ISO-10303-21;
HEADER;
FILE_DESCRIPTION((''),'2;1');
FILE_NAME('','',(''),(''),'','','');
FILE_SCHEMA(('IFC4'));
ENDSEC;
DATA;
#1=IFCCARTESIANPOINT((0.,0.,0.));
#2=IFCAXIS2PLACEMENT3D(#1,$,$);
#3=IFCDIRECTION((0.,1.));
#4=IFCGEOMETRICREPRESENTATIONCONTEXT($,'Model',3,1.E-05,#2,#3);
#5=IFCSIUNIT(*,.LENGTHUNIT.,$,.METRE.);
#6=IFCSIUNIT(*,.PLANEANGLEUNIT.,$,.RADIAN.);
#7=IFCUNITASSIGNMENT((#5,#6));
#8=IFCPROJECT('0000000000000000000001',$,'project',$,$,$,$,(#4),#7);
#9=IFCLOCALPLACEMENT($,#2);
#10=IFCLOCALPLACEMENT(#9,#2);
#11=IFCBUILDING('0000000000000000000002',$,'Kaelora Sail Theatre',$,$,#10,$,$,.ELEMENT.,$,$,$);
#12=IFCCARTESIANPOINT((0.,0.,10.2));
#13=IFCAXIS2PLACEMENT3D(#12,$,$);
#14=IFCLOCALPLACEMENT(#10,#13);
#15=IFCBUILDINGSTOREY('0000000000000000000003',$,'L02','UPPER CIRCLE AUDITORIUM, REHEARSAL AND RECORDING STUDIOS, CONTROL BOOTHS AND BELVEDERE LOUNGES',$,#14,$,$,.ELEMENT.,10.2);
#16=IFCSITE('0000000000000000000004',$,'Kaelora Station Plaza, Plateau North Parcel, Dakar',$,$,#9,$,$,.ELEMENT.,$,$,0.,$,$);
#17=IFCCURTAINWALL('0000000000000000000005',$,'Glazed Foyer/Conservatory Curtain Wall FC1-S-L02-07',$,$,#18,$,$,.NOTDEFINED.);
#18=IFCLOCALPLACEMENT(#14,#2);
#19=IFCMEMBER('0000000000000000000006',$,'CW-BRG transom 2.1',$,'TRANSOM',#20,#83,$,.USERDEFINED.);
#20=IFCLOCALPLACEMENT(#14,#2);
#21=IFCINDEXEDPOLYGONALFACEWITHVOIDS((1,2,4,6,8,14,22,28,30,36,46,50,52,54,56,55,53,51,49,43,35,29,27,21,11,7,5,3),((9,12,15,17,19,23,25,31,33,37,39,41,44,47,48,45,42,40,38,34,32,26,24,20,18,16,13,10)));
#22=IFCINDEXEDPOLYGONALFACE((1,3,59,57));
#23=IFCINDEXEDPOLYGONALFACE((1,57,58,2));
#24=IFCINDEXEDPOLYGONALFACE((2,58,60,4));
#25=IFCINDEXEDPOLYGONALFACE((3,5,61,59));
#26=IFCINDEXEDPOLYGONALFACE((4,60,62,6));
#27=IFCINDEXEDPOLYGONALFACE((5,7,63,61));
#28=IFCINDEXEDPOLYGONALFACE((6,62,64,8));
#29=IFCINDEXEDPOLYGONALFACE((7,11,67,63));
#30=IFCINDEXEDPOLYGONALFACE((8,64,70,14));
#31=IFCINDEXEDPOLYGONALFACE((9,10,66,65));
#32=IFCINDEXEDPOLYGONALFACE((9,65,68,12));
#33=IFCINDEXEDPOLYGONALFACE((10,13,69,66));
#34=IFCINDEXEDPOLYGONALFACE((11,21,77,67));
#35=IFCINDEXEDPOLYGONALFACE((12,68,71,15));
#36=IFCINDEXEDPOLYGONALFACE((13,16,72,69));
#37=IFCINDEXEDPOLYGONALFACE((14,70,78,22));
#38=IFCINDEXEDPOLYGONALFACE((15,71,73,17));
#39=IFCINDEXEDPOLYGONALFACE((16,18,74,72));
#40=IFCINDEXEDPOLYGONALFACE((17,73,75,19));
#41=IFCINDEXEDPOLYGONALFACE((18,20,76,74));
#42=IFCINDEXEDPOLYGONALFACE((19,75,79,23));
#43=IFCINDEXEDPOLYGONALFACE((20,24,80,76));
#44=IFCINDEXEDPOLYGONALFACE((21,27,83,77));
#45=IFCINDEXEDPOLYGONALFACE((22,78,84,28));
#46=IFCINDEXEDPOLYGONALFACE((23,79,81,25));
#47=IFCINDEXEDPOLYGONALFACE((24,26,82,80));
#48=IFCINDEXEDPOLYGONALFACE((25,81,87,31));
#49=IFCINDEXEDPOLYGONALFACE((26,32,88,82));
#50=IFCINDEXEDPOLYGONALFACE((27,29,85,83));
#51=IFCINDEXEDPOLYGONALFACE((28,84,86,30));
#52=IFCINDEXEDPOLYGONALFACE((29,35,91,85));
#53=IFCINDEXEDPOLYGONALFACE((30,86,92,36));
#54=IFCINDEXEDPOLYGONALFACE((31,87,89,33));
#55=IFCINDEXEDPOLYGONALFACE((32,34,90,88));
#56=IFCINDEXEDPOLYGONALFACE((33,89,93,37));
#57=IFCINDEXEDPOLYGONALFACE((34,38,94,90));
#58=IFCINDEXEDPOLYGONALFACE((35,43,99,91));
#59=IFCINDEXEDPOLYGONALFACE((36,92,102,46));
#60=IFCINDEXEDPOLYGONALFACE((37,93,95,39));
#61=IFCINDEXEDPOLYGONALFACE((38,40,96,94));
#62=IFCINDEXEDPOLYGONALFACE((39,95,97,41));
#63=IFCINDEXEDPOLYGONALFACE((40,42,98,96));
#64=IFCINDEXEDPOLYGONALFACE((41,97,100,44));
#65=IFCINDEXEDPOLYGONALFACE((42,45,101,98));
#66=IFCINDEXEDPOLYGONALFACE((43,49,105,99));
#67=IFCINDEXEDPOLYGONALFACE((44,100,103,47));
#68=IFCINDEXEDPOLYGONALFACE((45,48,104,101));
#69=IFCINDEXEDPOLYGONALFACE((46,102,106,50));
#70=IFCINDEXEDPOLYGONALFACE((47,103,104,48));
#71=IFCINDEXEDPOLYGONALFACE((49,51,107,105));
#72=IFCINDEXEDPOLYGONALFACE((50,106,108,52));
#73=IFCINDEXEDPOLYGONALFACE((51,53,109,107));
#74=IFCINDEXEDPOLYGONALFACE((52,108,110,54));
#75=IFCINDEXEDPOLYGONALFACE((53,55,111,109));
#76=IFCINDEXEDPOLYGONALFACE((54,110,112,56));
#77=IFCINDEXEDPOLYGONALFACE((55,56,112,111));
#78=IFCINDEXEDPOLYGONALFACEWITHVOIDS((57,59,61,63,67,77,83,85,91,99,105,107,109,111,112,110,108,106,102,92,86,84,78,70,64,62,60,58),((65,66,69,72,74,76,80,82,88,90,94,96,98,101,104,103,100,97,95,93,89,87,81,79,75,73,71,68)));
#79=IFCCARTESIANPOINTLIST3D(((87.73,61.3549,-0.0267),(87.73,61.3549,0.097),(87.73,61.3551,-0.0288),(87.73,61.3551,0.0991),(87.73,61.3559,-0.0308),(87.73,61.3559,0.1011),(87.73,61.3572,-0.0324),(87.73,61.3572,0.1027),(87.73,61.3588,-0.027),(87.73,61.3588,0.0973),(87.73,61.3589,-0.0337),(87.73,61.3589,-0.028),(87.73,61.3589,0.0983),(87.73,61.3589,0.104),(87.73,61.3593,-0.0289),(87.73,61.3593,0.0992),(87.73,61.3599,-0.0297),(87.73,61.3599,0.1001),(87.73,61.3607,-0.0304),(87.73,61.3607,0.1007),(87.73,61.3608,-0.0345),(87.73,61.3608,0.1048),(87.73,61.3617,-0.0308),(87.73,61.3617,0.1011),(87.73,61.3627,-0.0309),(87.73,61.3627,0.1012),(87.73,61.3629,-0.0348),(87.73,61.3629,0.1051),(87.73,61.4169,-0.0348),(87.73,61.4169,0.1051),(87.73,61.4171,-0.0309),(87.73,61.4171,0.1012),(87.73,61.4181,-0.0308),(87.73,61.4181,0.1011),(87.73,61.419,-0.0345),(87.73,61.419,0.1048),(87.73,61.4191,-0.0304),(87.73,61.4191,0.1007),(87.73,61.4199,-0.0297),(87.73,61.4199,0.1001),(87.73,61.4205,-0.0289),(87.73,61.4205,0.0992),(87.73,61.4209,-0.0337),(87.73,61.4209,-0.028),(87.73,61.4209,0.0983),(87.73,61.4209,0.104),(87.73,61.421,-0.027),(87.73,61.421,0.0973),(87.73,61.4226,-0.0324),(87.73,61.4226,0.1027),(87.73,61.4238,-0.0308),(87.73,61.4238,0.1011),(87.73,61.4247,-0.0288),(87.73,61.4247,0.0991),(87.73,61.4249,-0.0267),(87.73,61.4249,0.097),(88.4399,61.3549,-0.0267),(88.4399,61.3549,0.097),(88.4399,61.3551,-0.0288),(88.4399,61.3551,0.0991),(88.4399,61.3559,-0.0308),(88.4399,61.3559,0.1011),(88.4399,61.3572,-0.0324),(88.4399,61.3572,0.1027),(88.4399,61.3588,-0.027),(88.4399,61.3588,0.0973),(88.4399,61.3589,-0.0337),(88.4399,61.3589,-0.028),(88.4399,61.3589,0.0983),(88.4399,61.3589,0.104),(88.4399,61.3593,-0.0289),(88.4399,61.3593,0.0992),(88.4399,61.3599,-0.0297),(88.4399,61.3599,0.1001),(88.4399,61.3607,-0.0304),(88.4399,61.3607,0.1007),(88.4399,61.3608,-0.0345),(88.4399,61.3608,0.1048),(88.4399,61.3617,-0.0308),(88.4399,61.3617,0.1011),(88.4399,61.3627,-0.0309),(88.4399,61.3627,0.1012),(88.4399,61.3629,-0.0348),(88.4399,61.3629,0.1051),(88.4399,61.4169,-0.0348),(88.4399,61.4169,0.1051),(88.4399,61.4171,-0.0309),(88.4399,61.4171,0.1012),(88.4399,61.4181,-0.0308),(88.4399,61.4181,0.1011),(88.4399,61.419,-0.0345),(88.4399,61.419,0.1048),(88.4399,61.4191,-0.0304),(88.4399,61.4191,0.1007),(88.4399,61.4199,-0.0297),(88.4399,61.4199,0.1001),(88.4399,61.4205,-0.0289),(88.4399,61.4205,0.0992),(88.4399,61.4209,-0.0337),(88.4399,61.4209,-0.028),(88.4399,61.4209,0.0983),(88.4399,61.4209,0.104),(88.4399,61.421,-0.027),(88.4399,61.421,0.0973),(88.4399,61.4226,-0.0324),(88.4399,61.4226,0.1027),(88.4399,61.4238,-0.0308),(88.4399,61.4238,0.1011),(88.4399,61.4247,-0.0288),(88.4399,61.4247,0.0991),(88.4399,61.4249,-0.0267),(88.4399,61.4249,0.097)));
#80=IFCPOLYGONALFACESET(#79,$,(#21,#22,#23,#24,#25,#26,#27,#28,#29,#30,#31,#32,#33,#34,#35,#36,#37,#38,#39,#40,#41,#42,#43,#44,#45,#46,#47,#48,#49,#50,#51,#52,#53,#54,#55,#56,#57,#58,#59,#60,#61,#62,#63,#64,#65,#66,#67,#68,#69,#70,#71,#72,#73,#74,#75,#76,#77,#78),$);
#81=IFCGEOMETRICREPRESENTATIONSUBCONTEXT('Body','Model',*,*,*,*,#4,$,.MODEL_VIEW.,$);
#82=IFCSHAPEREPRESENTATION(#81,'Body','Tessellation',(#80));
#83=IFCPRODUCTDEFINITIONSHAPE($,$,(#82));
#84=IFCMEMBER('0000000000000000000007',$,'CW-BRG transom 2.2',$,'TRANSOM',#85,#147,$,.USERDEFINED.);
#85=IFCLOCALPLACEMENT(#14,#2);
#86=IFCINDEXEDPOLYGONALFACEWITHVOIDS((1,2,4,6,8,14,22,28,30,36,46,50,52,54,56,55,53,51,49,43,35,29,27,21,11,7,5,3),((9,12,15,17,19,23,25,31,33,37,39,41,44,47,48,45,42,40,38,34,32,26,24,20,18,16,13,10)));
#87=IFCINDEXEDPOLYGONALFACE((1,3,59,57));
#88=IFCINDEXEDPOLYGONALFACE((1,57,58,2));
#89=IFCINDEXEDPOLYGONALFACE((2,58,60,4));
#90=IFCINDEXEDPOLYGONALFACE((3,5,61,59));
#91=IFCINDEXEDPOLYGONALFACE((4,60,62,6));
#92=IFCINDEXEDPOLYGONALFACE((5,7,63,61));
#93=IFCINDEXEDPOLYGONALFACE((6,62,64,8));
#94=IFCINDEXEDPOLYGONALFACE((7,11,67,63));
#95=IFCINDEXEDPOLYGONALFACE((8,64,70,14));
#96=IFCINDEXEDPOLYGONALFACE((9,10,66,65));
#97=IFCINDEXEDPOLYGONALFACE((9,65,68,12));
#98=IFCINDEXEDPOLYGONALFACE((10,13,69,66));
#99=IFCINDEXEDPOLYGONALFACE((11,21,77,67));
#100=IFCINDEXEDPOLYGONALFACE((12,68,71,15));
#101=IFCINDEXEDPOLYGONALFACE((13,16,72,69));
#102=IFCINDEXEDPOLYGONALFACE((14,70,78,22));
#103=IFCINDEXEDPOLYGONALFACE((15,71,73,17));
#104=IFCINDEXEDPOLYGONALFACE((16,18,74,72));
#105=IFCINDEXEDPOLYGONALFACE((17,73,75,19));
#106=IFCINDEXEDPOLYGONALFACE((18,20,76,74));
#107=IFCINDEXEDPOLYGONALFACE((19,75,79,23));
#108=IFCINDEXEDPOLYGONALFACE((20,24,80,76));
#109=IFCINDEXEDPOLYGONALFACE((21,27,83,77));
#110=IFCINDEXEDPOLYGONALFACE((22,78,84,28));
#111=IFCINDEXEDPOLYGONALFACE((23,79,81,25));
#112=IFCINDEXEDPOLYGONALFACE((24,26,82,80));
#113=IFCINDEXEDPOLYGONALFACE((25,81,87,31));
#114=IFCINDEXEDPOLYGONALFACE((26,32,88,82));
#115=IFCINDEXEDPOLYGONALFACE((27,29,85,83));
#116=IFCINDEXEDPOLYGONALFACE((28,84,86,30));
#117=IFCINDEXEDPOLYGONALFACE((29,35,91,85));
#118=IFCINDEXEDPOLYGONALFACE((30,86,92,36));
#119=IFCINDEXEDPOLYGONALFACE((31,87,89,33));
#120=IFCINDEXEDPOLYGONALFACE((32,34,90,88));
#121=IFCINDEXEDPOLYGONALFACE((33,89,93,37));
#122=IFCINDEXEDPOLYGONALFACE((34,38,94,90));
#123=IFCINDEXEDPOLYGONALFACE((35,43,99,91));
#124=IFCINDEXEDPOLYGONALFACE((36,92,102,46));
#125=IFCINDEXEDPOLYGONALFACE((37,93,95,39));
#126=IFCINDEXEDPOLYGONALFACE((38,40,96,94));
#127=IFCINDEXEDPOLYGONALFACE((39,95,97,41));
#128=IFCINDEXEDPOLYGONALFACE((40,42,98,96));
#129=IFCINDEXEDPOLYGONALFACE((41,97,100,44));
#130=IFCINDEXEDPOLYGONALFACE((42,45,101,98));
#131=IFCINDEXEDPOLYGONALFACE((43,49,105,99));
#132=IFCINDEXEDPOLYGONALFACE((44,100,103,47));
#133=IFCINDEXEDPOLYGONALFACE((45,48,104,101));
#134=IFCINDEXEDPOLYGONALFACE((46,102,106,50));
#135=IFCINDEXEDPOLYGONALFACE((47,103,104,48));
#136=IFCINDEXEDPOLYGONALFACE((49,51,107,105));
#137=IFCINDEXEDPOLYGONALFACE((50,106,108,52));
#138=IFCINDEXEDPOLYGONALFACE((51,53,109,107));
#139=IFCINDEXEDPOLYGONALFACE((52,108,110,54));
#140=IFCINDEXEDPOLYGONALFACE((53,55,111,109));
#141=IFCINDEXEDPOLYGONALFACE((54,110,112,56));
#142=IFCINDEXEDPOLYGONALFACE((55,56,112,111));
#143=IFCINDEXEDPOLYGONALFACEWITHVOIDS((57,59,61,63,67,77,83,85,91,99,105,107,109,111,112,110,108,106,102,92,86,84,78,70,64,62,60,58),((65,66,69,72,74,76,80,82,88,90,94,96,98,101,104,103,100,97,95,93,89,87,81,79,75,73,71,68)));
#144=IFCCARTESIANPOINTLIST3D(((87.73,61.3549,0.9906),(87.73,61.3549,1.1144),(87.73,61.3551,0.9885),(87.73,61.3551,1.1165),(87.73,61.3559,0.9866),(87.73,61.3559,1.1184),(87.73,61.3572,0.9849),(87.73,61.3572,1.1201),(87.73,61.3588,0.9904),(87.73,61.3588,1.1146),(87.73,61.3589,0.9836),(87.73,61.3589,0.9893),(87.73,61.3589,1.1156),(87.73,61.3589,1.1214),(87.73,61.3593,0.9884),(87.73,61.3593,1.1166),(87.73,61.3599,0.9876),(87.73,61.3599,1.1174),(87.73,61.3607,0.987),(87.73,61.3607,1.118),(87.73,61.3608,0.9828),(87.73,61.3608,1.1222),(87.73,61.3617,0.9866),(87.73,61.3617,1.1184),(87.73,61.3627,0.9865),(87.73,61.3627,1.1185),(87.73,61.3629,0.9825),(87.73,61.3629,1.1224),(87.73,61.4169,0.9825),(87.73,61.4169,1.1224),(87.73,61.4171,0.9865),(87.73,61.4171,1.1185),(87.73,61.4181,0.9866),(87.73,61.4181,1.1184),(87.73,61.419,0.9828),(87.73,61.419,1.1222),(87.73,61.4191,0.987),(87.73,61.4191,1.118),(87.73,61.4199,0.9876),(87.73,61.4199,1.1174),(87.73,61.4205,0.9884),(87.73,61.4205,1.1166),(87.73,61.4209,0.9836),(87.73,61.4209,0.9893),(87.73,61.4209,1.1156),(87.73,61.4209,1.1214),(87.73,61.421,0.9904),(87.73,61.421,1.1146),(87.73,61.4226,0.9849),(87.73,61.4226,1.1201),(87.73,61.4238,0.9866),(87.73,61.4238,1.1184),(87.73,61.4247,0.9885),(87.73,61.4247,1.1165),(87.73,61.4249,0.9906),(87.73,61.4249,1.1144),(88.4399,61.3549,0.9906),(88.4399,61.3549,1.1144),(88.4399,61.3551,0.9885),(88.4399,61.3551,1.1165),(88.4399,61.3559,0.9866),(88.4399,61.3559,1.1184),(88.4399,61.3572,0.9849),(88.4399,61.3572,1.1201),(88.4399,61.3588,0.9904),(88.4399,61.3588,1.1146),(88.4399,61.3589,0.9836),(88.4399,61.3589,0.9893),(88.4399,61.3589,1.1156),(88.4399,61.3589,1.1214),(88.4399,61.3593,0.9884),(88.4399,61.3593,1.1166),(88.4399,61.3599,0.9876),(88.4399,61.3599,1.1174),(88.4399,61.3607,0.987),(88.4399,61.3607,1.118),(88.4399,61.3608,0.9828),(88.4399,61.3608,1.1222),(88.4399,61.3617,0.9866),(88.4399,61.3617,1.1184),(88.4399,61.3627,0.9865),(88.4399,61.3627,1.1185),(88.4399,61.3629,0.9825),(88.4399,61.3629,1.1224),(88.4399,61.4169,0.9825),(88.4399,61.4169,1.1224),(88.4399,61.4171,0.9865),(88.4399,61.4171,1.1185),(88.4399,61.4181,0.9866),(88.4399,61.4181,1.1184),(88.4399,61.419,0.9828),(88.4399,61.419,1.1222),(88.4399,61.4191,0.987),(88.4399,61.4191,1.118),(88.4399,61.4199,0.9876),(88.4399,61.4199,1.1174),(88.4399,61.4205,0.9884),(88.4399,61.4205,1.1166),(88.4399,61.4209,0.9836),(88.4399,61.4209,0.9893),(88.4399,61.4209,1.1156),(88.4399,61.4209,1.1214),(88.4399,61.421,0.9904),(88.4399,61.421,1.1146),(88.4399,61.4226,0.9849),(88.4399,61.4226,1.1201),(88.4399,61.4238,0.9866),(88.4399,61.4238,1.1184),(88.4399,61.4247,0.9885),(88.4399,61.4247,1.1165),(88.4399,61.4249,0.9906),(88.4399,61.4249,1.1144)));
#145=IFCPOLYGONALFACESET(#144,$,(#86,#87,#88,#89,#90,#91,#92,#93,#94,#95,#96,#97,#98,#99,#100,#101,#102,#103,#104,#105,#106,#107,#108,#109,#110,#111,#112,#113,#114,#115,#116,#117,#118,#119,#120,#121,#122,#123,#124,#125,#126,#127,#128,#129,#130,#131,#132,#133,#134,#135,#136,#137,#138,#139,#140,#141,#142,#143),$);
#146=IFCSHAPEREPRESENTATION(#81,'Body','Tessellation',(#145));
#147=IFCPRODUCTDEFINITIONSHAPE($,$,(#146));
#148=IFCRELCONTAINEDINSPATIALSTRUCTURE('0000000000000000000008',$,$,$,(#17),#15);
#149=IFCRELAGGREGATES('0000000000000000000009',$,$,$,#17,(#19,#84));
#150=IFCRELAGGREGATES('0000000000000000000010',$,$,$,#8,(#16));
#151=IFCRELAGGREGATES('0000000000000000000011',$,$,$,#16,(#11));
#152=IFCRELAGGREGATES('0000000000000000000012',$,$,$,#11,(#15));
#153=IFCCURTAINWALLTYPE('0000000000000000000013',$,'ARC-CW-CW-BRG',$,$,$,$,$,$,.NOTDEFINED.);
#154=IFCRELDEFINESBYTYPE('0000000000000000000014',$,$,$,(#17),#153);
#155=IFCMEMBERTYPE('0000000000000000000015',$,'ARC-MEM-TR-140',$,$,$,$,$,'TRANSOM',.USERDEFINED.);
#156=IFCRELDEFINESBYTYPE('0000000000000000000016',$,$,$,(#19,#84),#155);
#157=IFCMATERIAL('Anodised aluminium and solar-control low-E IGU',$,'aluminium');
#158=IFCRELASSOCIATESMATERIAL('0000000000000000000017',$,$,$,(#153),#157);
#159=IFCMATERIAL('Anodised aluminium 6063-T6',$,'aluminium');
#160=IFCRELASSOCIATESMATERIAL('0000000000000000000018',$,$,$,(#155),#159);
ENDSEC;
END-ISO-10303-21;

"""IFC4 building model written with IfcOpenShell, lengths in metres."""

from ifc_helpers import new_model, si_unit, direction, frame, origin, origin_2d, place, context, subcontext, project, spatial, hollow_rectangle, extrude, material, material_profile, profile_set, type_object, element, aggregate, save


model = new_model("IFC4")

# Units and contexts
model_context = context("Model", 3, precision=1e-05, world=origin(), true_north=direction((0.0, 1.0)))
body_context = subcontext(model_context, "Body", "Model", "MODEL_VIEW")
ifc_project = project(units=[si_unit("LENGTHUNIT", "METRE"), si_unit("PLANEANGLEUNIT", "RADIAN")], contexts=[model_context])

# Site, building, storey
site_placement = place(None, origin())
site = spatial("IfcSite", under=ifc_project, at=site_placement, Name="Kaelora Station Plaza, Plateau North Parcel, Dakar", CompositionType="ELEMENT", RefElevation=0.0)
building_placement = place(site_placement, origin())
building = spatial("IfcBuilding", under=site, at=building_placement, Name="Kaelora Sail Theatre", CompositionType="ELEMENT")
storey_placement = place(building_placement, frame((0.0, 0.0, 10.2)))
storey = spatial("IfcBuildingStorey", under=building, at=storey_placement, Name="L02", Description="UPPER CIRCLE AUDITORIUM, REHEARSAL AND RECORDING STUDIOS, CONTROL BOOTHS AND BELVEDERE LOUNGES", CompositionType="ELEMENT", Elevation=10.2)

# Curtain wall
ifc_material_1 = material(Name="Anodised aluminium and solar-control low-E IGU", Category="aluminium")
curtain_wall_type = type_object("IfcCurtainWallType", Name="ARC-CW-CW-BRG", PredefinedType="NOTDEFINED", material=ifc_material_1)
curtain_wall_1_placement = place(storey_placement, origin())
curtain_wall_1 = element("IfcCurtainWall", 1, at=curtain_wall_1_placement, inside=storey, type_object=curtain_wall_type, Name="Glazed Foyer/Conservatory Curtain Wall FC1-S-L02-07", PredefinedType="NOTDEFINED")

# Members
ifc_material_2 = material(Name="Anodised aluminium 6063-T6", Category="aluminium")
ifc_material_profile_1 = material_profile(ifc_material_2, hollow_rectangle(XDim=0.0701, YDim=0.1399, WallThickness=0.0039, InnerFilletRadius=0.0039, OuterFilletRadius=0.0081, at=origin_2d()), Name="ALU-TRAN 70x140x4")
ifc_profile_set_1 = profile_set([ifc_material_profile_1], Name="Anodised aluminium 6063-T6")
member_type_1 = type_object("IfcMemberType", Name="ARC-MEM-TR-140", ElementType="TRANSOM", PredefinedType="USERDEFINED", material=ifc_profile_set_1)
member_1_placement = place(storey_placement, frame((87.73, 61.3899, 0.0352), z_axis=(1.0, 0.0, 0.0), x_axis=(0.0, 1.0, 0.0)))
member_1 = element("IfcMember", 2, at=member_1_placement, type_object=member_type_1, Name="CW-BRG transom 2.1", ObjectType="TRANSOM", PredefinedType="USERDEFINED", context=body_context, shape_type="SweptSolid", body=[
    extrude(hollow_rectangle(XDim=0.0701, YDim=0.1399, WallThickness=0.0039, InnerFilletRadius=0.0039, OuterFilletRadius=0.0081, at=origin_2d()), origin(), (0.0, 0.0, 1.0), 0.71),
])
member_2_placement = place(storey_placement, frame((87.73, 61.3899, 1.0525), z_axis=(1.0, 0.0, 0.0), x_axis=(0.0, 1.0, 0.0)))
member_2 = element("IfcMember", 3, at=member_2_placement, type_object=member_type_1, Name="CW-BRG transom 2.2", ObjectType="TRANSOM", PredefinedType="USERDEFINED", context=body_context, shape_type="SweptSolid", body=[
    extrude(hollow_rectangle(XDim=0.0701, YDim=0.1399, WallThickness=0.0039, InnerFilletRadius=0.0039, OuterFilletRadius=0.0081, at=origin_2d()), origin(), (0.0, 0.0, 1.0), 0.71),
])

aggregate(curtain_wall_1, [member_1, member_2])

save(model, "model.ifc")
